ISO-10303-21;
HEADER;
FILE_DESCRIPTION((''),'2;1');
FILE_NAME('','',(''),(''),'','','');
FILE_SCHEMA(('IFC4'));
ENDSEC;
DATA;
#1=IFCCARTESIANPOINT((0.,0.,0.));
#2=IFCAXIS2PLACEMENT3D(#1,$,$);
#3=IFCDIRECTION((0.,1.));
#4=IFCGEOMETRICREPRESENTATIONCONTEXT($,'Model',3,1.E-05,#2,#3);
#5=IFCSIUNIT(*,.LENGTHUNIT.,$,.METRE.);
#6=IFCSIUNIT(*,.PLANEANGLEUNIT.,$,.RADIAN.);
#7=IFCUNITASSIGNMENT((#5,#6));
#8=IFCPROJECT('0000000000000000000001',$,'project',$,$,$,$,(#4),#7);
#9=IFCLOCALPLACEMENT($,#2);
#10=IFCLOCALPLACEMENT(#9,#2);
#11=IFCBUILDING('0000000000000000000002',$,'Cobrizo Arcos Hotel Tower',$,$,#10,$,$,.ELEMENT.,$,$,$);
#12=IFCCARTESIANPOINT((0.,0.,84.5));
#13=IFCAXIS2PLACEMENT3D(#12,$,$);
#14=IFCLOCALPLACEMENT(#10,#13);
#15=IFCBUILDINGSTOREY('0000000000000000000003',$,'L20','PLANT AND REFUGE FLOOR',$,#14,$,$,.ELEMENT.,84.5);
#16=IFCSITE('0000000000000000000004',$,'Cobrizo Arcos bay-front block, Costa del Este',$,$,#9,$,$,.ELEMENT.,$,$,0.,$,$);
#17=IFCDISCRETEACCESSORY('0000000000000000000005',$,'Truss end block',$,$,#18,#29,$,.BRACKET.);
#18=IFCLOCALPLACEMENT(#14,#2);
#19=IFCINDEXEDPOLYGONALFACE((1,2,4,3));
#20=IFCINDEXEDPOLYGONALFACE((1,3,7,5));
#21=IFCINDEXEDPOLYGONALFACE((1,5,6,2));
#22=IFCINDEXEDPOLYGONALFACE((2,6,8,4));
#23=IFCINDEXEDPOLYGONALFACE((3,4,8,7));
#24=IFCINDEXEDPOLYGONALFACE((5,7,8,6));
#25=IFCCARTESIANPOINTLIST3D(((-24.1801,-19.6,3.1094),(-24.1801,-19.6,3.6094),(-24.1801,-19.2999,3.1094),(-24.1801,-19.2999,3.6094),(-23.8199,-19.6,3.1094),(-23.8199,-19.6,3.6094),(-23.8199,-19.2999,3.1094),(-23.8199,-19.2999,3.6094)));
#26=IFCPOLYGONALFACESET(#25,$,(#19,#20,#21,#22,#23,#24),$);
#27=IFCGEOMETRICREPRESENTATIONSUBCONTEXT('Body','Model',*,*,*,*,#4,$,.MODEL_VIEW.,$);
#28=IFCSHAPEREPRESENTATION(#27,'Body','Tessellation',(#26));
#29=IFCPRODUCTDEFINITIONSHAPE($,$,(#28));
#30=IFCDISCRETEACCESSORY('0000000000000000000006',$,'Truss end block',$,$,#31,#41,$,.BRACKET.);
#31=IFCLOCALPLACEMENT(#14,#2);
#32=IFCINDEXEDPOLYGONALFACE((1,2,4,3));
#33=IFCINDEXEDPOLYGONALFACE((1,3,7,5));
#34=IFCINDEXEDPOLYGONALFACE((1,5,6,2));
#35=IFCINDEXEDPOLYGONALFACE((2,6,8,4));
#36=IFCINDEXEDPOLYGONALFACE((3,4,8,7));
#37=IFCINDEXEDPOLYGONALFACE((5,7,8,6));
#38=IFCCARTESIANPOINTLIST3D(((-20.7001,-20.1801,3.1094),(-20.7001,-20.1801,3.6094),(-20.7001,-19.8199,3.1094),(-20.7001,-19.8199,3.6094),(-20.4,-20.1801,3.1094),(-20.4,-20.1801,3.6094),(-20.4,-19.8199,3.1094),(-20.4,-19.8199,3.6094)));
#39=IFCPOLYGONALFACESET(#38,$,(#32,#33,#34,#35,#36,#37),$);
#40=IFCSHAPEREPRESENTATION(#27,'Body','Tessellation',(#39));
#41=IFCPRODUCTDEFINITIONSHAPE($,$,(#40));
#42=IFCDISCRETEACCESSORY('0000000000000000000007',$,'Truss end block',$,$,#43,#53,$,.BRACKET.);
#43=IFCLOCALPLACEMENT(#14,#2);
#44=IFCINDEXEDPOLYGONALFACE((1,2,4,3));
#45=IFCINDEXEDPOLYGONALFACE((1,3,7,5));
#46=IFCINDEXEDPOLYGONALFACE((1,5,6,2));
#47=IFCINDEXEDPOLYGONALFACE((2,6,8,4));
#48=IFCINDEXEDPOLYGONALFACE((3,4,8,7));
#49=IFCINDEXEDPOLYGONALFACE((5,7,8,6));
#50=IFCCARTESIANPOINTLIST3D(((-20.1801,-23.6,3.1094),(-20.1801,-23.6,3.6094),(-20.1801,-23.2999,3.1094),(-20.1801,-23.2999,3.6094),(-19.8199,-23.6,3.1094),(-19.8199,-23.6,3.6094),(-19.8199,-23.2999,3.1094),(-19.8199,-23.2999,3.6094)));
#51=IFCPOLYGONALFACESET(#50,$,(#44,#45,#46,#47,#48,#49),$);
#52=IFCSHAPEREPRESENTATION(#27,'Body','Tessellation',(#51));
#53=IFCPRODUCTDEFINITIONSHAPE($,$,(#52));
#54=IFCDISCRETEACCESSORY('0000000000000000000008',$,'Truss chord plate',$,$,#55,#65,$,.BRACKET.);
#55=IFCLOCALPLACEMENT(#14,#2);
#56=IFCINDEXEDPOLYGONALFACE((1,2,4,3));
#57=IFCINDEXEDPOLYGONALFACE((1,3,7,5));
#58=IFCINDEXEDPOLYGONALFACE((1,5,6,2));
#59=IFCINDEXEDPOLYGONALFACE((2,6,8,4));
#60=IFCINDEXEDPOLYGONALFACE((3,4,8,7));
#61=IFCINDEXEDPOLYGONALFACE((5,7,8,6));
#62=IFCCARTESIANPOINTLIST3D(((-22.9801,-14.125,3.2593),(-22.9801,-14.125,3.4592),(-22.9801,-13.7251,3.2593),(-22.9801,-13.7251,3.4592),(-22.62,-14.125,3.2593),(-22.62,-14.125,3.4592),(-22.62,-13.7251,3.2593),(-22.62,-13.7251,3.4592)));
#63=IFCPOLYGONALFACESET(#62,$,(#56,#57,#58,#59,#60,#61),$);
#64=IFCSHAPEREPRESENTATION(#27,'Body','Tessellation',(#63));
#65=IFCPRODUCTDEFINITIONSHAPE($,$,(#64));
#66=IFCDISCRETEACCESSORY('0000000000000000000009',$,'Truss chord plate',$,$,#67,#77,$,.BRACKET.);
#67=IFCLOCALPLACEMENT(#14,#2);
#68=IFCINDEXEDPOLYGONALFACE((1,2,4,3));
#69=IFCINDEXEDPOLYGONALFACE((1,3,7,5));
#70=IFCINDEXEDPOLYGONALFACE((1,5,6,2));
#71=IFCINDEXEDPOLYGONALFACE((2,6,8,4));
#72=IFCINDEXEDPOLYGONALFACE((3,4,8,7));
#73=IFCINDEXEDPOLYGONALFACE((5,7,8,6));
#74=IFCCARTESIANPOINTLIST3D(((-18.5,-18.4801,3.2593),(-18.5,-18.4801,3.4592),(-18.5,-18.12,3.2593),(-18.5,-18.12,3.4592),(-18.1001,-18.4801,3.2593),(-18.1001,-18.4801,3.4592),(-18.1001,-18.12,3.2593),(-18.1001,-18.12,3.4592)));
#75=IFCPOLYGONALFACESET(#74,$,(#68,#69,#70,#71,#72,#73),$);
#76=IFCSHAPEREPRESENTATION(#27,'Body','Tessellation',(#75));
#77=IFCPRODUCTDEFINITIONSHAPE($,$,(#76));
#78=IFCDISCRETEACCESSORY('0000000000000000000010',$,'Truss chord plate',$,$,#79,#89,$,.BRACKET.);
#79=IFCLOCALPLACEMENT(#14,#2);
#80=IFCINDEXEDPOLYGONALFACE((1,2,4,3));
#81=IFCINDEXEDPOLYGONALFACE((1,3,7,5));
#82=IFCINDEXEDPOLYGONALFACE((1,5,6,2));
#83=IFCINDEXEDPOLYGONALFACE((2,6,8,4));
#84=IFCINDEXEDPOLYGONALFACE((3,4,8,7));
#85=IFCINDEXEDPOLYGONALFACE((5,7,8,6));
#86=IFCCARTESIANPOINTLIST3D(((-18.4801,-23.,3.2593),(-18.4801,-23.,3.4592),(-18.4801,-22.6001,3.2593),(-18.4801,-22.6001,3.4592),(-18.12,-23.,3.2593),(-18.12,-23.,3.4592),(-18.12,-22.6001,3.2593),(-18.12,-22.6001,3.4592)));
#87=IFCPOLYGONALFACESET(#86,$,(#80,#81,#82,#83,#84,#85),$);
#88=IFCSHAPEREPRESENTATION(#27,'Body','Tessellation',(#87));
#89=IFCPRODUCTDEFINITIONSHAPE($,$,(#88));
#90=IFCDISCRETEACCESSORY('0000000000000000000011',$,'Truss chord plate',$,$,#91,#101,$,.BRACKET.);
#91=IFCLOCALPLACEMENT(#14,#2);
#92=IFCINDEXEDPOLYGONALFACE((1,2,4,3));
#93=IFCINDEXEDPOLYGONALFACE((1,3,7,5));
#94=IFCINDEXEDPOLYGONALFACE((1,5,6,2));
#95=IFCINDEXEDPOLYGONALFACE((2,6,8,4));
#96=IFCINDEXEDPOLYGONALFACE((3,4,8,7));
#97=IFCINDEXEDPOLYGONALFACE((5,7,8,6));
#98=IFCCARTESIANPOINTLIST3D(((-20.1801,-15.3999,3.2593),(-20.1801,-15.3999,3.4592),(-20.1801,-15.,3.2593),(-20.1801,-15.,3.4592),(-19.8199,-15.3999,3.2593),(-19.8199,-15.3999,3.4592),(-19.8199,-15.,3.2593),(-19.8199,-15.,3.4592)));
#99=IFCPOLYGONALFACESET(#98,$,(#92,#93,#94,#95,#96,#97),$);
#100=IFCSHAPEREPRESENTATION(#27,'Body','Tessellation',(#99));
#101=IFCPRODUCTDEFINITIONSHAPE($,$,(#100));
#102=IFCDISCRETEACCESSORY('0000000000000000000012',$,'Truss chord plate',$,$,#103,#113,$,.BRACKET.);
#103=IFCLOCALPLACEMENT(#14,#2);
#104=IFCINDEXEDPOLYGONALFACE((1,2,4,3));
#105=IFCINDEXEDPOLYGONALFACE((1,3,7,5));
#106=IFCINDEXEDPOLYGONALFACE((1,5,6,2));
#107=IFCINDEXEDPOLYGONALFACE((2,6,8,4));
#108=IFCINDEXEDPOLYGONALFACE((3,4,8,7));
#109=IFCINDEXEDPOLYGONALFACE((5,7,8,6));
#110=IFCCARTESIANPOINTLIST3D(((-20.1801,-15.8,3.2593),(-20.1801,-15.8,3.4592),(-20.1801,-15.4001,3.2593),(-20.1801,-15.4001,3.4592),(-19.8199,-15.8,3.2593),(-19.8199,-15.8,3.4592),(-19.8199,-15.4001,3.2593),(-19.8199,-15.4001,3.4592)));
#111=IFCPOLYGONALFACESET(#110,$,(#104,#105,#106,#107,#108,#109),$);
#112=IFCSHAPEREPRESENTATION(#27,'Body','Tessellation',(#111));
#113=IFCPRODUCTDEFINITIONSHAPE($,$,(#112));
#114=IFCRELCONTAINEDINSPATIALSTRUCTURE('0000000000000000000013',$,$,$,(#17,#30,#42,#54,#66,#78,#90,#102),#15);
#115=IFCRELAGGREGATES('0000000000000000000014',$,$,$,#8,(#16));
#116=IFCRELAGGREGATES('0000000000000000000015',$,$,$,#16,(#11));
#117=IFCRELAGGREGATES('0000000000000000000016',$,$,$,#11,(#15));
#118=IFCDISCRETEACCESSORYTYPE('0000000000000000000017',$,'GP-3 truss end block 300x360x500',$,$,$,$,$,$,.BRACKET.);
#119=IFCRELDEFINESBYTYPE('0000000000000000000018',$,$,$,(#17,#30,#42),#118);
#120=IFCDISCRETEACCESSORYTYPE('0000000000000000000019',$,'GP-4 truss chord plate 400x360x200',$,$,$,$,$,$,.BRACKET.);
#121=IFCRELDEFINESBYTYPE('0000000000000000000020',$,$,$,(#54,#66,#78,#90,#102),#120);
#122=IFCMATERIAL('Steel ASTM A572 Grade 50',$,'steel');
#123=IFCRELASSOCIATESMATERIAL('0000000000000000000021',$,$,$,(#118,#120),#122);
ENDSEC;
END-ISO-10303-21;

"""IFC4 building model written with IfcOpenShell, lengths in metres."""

from ifc_helpers import new_model, si_unit, direction, frame, origin, origin_2d, place, context, subcontext, project, spatial, rectangle, extrude, material, type_object, element, save


model = new_model("IFC4")

# Units and contexts
model_context = context("Model", 3, precision=1e-05, world=origin(), true_north=direction((0.0, 1.0)))
body_context = subcontext(model_context, "Body", "Model", "MODEL_VIEW")
ifc_project = project(units=[si_unit("LENGTHUNIT", "METRE"), si_unit("PLANEANGLEUNIT", "RADIAN")], contexts=[model_context])

# Site, building, storey
site_placement = place(None, origin())
site = spatial("IfcSite", under=ifc_project, at=site_placement, Name="Cobrizo Arcos bay-front block, Costa del Este", CompositionType="ELEMENT", RefElevation=0.0)
building_placement = place(site_placement, origin())
building = spatial("IfcBuilding", under=site, at=building_placement, Name="Cobrizo Arcos Hotel Tower", CompositionType="ELEMENT")
storey_placement = place(building_placement, frame((0.0, 0.0, 84.5)))
storey = spatial("IfcBuildingStorey", under=building, at=storey_placement, Name="L20", Description="PLANT AND REFUGE FLOOR", CompositionType="ELEMENT", Elevation=84.5)

# Discrete accessories
ifc_material_1 = material(Name="Steel ASTM A572 Grade 50", Category="steel")
discrete_accessory_type_1 = type_object("IfcDiscreteAccessoryType", Name="GP-3 truss end block 300x360x500", PredefinedType="BRACKET", material=ifc_material_1)
for number, where, z_axis, x_axis, name in (
    (1, (-24.0, -19.45, 3.1094), (0.0, 0.0, 1.0), (0.0, 1.0, 0.0), "Truss end block"),
    (2, (-20.55, -20.0, 3.1094), (0.0, 0.0, 1.0), (-1.0, 0.0, 0.0), "Truss end block"),
    (3, (-20.0, -23.45, 3.1094), (0.0, 0.0, 1.0), (0.0, 1.0, 0.0), "Truss end block"),
):
    element("IfcDiscreteAccessory", number, at=place(storey_placement, frame(where, z_axis=z_axis, x_axis=x_axis)), inside=storey, type_object=discrete_accessory_type_1, Name=name, PredefinedType="BRACKET", context=body_context, shape_type="SweptSolid", body=[
        extrude(rectangle(XDim=0.3, YDim=0.3601, at=origin_2d()), origin(), (0.0, 0.0, 1.0), 0.5),
    ])
discrete_accessory_type_2 = type_object("IfcDiscreteAccessoryType", Name="GP-4 truss chord plate 400x360x200", PredefinedType="BRACKET", material=ifc_material_1)
for number, where, z_axis, x_axis, name in (
    (4, (-22.8, -13.925, 3.2593), (0.0, 0.0, 1.0), (0.0, -1.0, 0.0), "Truss chord plate"),
    (5, (-18.3, -18.3, 3.2593), (0.0, 0.0, 1.0), (1.0, 0.0, 0.0), "Truss chord plate"),
    (6, (-18.3, -22.8, 3.2593), (0.0, 0.0, 1.0), (0.0, -1.0, 0.0), "Truss chord plate"),
    (7, (-20.0, -15.2, 3.2593), (0.0, 0.0, 1.0), (0.0, -1.0, 0.0), "Truss chord plate"),
    (8, (-20.0, -15.6001, 3.2593), (0.0, 0.0, 1.0), (0.0, -1.0, 0.0), "Truss chord plate"),
):
    element("IfcDiscreteAccessory", number, at=place(storey_placement, frame(where, z_axis=z_axis, x_axis=x_axis)), inside=storey, type_object=discrete_accessory_type_2, Name=name, PredefinedType="BRACKET", context=body_context, shape_type="SweptSolid", body=[
        extrude(rectangle(XDim=0.3999, YDim=0.3601, at=origin_2d()), origin(), (0.0, 0.0, 1.0), 0.2),
    ])

save(model, "model.ifc")
